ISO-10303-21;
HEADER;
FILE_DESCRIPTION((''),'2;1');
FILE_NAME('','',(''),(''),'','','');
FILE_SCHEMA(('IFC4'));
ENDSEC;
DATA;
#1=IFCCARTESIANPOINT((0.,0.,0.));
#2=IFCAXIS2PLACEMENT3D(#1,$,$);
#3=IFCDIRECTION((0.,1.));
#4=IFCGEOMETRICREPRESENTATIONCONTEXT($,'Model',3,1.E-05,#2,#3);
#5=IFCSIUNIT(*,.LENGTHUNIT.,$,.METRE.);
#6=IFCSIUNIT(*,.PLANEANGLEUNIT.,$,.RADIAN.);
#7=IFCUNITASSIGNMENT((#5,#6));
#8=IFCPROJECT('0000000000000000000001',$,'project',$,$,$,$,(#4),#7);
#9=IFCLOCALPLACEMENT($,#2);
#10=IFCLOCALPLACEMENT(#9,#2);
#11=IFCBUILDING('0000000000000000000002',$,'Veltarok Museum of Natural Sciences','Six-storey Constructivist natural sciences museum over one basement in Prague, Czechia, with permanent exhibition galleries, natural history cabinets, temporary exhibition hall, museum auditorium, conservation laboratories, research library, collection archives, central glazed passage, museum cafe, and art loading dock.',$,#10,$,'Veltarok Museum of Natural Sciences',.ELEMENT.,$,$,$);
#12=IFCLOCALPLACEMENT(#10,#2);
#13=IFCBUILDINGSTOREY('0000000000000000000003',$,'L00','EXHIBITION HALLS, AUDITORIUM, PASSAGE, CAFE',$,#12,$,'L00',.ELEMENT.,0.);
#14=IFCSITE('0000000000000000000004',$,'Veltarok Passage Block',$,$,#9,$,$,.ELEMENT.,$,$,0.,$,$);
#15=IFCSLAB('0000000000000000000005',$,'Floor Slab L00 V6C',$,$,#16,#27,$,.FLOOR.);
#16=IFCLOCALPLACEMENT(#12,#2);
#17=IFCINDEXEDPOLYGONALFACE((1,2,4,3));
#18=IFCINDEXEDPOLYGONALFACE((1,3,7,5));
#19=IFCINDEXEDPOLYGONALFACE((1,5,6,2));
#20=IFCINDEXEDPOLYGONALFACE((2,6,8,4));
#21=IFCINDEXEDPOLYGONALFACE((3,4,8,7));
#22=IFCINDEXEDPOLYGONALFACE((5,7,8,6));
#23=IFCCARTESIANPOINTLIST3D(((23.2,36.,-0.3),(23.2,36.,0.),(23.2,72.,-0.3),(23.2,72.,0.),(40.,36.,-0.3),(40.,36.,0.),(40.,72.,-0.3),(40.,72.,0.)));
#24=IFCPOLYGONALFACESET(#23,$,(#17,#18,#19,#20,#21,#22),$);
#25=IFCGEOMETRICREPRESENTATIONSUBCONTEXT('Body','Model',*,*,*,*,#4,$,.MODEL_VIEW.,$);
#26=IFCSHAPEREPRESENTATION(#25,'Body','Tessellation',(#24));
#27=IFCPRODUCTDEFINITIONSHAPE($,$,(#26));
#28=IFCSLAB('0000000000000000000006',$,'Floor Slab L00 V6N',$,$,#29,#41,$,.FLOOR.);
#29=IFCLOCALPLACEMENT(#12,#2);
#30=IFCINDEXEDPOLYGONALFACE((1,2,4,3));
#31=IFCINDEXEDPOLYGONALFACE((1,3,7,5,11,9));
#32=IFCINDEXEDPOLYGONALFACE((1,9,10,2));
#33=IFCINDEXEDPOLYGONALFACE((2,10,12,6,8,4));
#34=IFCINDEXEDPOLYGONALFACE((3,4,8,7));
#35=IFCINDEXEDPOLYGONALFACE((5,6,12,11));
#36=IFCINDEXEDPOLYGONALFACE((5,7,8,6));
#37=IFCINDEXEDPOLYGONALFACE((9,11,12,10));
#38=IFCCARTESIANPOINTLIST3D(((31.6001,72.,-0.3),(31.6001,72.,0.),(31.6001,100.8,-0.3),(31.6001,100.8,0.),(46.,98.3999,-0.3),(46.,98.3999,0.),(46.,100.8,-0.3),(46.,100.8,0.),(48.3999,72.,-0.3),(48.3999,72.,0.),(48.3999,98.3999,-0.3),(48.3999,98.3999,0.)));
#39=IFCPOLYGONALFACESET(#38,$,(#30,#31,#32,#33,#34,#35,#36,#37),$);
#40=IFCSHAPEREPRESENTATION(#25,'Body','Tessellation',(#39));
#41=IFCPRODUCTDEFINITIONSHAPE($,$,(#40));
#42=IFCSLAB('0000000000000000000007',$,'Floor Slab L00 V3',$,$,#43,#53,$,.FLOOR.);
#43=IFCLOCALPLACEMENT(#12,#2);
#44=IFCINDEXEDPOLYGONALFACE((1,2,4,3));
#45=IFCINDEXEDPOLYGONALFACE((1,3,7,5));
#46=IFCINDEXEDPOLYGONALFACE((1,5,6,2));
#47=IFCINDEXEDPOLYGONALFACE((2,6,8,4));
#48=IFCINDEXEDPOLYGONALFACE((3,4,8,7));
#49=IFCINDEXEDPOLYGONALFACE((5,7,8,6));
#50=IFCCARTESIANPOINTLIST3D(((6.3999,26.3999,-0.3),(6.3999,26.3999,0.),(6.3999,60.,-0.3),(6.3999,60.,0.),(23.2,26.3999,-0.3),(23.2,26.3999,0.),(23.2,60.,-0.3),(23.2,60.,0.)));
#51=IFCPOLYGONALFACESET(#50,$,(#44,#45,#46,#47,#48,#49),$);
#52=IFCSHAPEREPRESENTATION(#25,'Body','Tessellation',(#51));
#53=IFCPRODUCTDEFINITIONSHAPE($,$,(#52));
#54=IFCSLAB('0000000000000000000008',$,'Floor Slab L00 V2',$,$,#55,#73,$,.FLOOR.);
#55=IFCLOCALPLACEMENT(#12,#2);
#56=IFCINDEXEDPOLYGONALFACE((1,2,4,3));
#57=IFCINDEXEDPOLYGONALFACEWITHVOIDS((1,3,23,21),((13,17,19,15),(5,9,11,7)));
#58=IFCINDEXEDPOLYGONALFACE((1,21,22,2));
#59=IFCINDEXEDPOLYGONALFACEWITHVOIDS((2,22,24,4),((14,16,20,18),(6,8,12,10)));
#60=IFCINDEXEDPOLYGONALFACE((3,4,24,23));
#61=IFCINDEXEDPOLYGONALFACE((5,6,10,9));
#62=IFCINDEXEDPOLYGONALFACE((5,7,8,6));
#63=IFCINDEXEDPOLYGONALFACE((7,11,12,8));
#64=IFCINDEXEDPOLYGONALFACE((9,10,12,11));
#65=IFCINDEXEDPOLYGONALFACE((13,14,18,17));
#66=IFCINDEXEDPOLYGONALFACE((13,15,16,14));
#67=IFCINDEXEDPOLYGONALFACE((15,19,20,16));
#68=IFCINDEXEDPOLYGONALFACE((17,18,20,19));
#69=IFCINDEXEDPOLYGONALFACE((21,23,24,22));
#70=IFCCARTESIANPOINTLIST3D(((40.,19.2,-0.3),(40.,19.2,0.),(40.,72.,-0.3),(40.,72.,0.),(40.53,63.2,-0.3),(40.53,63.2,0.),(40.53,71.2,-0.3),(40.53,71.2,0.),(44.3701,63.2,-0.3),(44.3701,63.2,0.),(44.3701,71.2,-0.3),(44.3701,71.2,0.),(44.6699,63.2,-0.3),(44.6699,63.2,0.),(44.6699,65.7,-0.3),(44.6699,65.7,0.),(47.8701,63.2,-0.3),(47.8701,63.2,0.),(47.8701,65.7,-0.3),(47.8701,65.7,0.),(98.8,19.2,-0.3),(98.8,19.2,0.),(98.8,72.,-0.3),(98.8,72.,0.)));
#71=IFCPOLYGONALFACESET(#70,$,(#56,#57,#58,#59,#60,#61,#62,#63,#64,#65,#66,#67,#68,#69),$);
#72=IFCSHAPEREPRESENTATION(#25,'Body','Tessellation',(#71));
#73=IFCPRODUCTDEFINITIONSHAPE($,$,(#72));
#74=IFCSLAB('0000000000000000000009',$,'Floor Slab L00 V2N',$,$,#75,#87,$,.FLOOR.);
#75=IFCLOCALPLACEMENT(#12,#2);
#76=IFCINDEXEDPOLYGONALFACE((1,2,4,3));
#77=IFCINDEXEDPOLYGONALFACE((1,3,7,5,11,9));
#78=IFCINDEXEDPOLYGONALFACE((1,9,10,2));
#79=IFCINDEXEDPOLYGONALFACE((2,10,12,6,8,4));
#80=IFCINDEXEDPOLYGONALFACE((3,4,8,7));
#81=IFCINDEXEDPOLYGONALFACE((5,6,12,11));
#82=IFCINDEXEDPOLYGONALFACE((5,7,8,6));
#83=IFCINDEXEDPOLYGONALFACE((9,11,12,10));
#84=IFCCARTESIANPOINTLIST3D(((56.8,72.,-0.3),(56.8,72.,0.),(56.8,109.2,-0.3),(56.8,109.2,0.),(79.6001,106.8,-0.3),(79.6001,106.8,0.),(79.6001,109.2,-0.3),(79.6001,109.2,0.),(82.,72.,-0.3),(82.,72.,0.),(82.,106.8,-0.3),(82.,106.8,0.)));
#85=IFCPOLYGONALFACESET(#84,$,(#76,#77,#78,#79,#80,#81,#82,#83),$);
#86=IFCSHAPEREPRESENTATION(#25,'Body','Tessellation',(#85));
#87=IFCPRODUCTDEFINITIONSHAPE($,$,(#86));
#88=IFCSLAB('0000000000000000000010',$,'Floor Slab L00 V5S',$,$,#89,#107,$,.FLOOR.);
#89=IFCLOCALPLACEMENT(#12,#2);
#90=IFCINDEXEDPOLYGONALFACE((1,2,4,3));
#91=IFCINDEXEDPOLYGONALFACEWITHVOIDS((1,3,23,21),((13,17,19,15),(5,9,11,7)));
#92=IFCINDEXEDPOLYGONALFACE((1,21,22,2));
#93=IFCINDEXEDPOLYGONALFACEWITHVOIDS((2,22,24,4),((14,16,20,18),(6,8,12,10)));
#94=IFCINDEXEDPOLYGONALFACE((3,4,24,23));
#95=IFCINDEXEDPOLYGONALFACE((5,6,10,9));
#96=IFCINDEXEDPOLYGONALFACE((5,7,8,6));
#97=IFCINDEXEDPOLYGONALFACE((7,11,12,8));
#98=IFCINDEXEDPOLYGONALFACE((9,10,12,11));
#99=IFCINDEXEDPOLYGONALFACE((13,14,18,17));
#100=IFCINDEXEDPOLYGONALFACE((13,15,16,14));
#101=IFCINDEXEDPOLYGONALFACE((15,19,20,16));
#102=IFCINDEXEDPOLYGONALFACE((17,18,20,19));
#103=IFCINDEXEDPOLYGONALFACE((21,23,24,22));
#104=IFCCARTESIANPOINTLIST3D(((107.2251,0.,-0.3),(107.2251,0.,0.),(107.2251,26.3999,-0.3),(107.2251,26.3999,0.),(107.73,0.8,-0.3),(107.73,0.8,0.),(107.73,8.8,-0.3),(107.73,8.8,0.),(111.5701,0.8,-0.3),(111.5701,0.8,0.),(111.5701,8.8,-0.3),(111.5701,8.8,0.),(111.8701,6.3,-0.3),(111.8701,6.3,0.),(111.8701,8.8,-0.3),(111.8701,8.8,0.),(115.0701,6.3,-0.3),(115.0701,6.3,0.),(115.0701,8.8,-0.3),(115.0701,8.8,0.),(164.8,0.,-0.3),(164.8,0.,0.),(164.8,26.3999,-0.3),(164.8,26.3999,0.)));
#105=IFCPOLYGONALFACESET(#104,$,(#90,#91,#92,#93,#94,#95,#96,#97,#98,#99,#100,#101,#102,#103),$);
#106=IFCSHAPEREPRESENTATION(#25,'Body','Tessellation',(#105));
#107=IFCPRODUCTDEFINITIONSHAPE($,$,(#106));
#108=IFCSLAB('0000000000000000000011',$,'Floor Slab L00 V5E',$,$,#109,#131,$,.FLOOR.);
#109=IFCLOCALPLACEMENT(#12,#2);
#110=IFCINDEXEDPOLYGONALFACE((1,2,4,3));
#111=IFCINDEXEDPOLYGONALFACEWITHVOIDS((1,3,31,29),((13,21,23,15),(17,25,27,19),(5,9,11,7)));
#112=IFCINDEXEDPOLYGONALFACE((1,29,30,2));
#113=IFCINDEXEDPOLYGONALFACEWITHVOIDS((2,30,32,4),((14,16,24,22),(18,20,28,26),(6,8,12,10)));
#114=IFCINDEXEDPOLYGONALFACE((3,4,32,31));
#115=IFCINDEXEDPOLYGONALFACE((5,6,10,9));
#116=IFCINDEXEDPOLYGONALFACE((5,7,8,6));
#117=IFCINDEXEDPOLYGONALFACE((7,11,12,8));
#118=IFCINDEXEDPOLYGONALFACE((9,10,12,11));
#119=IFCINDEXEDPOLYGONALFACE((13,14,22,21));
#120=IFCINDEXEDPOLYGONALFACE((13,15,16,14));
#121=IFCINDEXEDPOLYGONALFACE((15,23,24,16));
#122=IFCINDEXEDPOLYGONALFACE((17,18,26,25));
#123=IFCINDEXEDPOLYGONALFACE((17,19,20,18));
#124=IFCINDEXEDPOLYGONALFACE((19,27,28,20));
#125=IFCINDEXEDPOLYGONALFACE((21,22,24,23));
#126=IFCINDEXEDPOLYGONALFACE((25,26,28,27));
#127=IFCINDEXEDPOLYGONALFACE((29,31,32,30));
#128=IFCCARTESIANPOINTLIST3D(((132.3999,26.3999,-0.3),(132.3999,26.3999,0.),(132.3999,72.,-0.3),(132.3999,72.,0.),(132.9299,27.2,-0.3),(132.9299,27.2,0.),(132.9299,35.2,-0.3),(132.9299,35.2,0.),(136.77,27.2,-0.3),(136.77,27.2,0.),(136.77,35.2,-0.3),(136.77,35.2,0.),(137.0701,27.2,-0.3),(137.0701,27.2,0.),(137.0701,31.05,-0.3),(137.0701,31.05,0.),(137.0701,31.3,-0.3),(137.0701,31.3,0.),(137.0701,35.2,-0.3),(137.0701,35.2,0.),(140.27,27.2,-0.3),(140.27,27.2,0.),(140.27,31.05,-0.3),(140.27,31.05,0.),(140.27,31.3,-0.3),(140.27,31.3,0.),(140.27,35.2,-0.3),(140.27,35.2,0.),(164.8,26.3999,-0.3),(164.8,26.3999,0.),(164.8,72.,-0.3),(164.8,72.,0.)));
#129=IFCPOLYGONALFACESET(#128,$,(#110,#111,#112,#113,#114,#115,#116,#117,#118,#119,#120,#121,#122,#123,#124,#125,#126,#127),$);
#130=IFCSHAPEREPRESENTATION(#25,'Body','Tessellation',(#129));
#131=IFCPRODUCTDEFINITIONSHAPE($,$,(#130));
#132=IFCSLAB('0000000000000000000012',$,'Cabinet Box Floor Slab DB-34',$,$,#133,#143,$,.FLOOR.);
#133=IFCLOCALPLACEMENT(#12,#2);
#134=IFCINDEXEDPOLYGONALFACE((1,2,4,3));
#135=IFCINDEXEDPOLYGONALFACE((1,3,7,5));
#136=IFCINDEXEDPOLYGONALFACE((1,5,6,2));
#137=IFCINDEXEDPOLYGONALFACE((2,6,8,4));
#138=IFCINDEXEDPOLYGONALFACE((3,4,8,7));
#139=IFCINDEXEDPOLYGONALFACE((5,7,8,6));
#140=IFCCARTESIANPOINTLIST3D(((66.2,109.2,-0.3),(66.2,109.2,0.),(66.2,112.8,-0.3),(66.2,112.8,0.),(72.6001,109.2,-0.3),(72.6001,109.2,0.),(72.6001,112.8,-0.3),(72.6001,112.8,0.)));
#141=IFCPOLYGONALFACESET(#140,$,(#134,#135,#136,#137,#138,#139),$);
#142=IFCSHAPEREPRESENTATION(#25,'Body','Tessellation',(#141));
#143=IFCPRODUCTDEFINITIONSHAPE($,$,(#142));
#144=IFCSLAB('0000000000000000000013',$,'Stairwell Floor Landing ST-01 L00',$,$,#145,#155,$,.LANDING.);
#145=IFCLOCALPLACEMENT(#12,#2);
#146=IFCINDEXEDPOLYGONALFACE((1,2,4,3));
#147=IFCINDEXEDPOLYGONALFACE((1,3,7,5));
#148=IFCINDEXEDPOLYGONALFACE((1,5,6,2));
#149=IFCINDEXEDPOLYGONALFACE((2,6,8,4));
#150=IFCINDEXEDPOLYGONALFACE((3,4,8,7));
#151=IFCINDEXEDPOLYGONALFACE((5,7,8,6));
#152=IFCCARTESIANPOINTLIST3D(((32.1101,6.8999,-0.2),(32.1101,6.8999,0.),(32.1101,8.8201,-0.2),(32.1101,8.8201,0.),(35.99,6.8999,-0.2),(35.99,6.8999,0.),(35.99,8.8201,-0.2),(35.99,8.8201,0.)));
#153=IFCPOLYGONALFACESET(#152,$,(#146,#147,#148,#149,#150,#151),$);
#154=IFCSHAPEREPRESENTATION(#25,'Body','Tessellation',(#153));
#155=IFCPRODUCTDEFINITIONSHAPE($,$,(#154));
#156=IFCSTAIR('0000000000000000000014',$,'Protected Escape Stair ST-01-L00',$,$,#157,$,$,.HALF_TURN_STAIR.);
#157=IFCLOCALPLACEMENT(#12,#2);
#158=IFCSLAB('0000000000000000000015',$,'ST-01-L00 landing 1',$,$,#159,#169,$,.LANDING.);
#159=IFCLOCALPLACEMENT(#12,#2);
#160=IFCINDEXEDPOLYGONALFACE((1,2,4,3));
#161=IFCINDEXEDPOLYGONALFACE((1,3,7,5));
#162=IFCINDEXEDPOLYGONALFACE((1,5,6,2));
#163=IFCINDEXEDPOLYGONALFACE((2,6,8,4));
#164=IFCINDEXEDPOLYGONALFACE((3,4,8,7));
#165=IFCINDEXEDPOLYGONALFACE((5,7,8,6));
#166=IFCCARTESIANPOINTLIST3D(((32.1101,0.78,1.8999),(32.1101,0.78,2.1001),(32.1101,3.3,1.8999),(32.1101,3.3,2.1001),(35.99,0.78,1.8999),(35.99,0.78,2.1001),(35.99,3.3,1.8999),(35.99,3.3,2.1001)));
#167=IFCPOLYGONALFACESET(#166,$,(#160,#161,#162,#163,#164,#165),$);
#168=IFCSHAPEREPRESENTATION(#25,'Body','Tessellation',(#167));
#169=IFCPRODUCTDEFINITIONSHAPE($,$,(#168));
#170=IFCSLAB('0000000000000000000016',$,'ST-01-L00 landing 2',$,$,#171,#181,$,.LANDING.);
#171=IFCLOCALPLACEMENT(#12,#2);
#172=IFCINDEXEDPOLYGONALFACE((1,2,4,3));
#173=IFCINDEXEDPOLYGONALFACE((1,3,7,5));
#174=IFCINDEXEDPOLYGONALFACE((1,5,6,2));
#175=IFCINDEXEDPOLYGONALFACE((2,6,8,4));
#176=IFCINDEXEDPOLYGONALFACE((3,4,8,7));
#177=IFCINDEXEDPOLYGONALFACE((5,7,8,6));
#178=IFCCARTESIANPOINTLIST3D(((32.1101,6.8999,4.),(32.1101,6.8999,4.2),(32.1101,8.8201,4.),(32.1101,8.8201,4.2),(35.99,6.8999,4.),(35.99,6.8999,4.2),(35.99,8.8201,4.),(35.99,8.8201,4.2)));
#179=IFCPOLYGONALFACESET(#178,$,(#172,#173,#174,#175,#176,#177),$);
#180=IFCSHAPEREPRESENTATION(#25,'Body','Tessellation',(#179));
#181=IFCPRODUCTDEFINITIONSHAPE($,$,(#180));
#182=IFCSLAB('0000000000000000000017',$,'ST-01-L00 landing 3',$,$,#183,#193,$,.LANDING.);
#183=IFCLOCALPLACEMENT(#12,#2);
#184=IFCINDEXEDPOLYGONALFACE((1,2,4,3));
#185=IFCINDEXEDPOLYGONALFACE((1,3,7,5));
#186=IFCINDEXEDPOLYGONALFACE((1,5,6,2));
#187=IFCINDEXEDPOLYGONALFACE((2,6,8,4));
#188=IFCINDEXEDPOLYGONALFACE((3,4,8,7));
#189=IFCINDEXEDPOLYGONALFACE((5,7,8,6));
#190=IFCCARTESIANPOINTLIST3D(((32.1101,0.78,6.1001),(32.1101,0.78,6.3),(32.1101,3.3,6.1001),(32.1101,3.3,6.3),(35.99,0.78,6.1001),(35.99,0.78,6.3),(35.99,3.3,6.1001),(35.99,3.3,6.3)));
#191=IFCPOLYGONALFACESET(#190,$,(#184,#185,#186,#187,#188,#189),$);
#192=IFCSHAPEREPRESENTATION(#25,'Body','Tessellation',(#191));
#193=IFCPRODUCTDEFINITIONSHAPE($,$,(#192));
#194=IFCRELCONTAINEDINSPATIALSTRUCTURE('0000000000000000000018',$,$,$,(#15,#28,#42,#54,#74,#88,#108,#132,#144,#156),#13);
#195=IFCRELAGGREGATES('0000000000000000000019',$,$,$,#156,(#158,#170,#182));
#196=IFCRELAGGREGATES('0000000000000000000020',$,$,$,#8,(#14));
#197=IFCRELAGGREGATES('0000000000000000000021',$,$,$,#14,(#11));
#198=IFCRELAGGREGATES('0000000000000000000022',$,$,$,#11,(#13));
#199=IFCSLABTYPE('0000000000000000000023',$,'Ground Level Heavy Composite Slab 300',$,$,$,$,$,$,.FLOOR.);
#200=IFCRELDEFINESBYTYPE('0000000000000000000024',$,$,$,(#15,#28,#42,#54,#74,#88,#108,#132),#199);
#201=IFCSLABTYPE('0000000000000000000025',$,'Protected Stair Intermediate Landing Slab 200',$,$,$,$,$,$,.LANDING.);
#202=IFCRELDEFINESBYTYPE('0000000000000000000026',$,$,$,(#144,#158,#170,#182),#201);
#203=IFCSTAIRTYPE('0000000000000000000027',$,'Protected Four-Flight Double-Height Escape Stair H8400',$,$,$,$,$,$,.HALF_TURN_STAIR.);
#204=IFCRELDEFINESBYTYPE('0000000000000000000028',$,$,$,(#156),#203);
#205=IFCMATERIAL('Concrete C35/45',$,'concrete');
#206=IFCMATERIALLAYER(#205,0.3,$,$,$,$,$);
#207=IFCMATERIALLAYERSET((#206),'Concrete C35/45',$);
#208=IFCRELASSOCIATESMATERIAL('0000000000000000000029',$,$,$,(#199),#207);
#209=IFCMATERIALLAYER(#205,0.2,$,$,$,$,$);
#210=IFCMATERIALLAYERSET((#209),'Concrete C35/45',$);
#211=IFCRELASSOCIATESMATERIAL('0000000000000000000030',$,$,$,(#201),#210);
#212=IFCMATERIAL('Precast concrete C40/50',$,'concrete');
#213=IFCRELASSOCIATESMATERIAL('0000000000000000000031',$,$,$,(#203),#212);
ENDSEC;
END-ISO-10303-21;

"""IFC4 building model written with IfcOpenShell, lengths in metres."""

from ifc_helpers import new_model, si_unit, direction, frame, origin, place, context, subcontext, project, spatial, polyline, outline, extrude, material, layer, layer_set, type_object, element, aggregate, save


model = new_model("IFC4")

# Units and contexts
model_context = context("Model", 3, precision=1e-05, world=origin(), true_north=direction((0.0, 1.0)))
body_context = subcontext(model_context, "Body", "Model", "MODEL_VIEW")
ifc_project = project(units=[si_unit("LENGTHUNIT", "METRE"), si_unit("PLANEANGLEUNIT", "RADIAN")], contexts=[model_context])

# Site, building, storey
site_placement = place(None, origin())
site = spatial("IfcSite", under=ifc_project, at=site_placement, Name="Veltarok Passage Block", CompositionType="ELEMENT", RefElevation=0.0)
building_placement = place(site_placement, origin())
building = spatial("IfcBuilding", under=site, at=building_placement, Name="Veltarok Museum of Natural Sciences", Description="Six-storey Constructivist natural sciences museum over one basement in Prague, Czechia, with permanent exhibition galleries, natural history cabinets, temporary exhibition hall, museum auditorium, conservation laboratories, research library, collection archives, central glazed passage, museum cafe, and art loading dock.", LongName="Veltarok Museum of Natural Sciences", CompositionType="ELEMENT")
storey_placement = place(building_placement, origin())
storey = spatial("IfcBuildingStorey", under=building, at=storey_placement, Name="L00", Description="EXHIBITION HALLS, AUDITORIUM, PASSAGE, CAFE", LongName="L00", CompositionType="ELEMENT", Elevation=0.0)

# Slabs
ifc_material_1 = material(Name="Precast concrete C40/50", Category="concrete")
ifc_material_2 = material(Name="Concrete C35/45", Category="concrete")
ifc_layer_1 = layer(ifc_material_2, 0.3)
ifc_layer_set_1 = layer_set([ifc_layer_1], Name="Concrete C35/45")
slab_type_1 = type_object("IfcSlabType", Name="Ground Level Heavy Composite Slab 300", PredefinedType="FLOOR", material=ifc_layer_set_1)
slab_1_placement = place(storey_placement, frame((0.0, 0.0, -0.3)))
element("IfcSlab", 1, at=slab_1_placement, inside=storey, type_object=slab_type_1, Name="Floor Slab L00 V6C", PredefinedType="FLOOR", context=body_context, shape_type="SweptSolid", body=[
    extrude(outline(polyline([(23.2, 36.0), (23.2, 72.0), (40.0, 72.0), (40.0, 36.0), (23.2, 36.0)])), origin(), (0.0, 0.0, 1.0), 0.3),
])
slab_2_placement = place(storey_placement, frame((0.0, 0.0, -0.3)))
element("IfcSlab", 2, at=slab_2_placement, inside=storey, type_object=slab_type_1, Name="Floor Slab L00 V6N", PredefinedType="FLOOR", context=body_context, shape_type="SweptSolid", body=[
    extrude(outline(polyline([(31.6001, 72.0), (31.6001, 100.8), (46.0, 100.8), (46.0, 98.3999), (48.3999, 98.3999), (48.3999, 72.0), (31.6001, 72.0)])), origin(), (0.0, 0.0, 1.0), 0.3),
])
slab_3_placement = place(storey_placement, frame((0.0, 0.0, -0.3)))
element("IfcSlab", 3, at=slab_3_placement, inside=storey, type_object=slab_type_1, Name="Floor Slab L00 V3", PredefinedType="FLOOR", context=body_context, shape_type="SweptSolid", body=[
    extrude(outline(polyline([(6.3999, 26.3999), (6.3999, 60.0), (23.2, 60.0), (23.2, 26.3999), (6.3999, 26.3999)])), origin(), (0.0, 0.0, 1.0), 0.3),
])
slab_4_placement = place(storey_placement, frame((0.0, 0.0, -0.3)))
element("IfcSlab", 4, at=slab_4_placement, inside=storey, type_object=slab_type_1, Name="Floor Slab L00 V2", PredefinedType="FLOOR", context=body_context, shape_type="SweptSolid", body=[
    extrude(outline(polyline([(40.0, 19.2), (40.0, 72.0), (98.8, 72.0), (98.8, 19.2), (40.0, 19.2)]), holes=[polyline([(47.8701, 65.7), (44.6699, 65.7), (44.6699, 63.2), (47.8701, 63.2), (47.8701, 65.7)]), polyline([(40.53, 71.2), (40.53, 63.2), (44.3701, 63.2), (44.3701, 71.2), (40.53, 71.2)])]), origin(), (0.0, 0.0, 1.0), 0.3),
])
slab_5_placement = place(storey_placement, frame((0.0, 0.0, -0.3)))
element("IfcSlab", 5, at=slab_5_placement, inside=storey, type_object=slab_type_1, Name="Floor Slab L00 V2N", PredefinedType="FLOOR", context=body_context, shape_type="SweptSolid", body=[
    extrude(outline(polyline([(56.8, 72.0), (56.8, 109.2), (79.6001, 109.2), (79.6001, 106.8), (82.0, 106.8), (82.0, 72.0), (56.8, 72.0)])), origin(), (0.0, 0.0, 1.0), 0.3),
])
slab_6_placement = place(storey_placement, frame((0.0, 0.0, -0.3)))
element("IfcSlab", 6, at=slab_6_placement, inside=storey, type_object=slab_type_1, Name="Floor Slab L00 V5S", PredefinedType="FLOOR", context=body_context, shape_type="SweptSolid", body=[
    extrude(outline(polyline([(107.2251, 0.0), (107.2251, 26.3999), (164.8, 26.3999), (164.8, 0.0), (107.2251, 0.0)]), holes=[polyline([(111.5701, 8.8), (107.73, 8.8), (107.73, 0.8), (111.5701, 0.8), (111.5701, 8.8)]), polyline([(115.0701, 8.8), (111.8701, 8.8), (111.8701, 6.3), (115.0701, 6.3), (115.0701, 8.8)])]), origin(), (0.0, 0.0, 1.0), 0.3),
])
slab_7_placement = place(storey_placement, frame((0.0, 0.0, -0.3)))
element("IfcSlab", 7, at=slab_7_placement, inside=storey, type_object=slab_type_1, Name="Floor Slab L00 V5E", PredefinedType="FLOOR", context=body_context, shape_type="SweptSolid", body=[
    extrude(outline(polyline([(132.3999, 26.3999), (132.3999, 72.0), (164.8, 72.0), (164.8, 26.3999), (132.3999, 26.3999)]), holes=[polyline([(140.27, 31.05), (137.0701, 31.05), (137.0701, 27.2), (140.27, 27.2), (140.27, 31.05)]), polyline([(136.77, 35.2), (132.9299, 35.2), (132.9299, 27.2), (136.77, 27.2), (136.77, 35.2)]), polyline([(140.27, 35.2), (137.0701, 35.2), (137.0701, 31.3), (140.27, 31.3), (140.27, 35.2)])]), origin(), (0.0, 0.0, 1.0), 0.3),
])
slab_8_placement = place(storey_placement, frame((0.0, 0.0, -0.3)))
element("IfcSlab", 8, at=slab_8_placement, inside=storey, type_object=slab_type_1, Name="Cabinet Box Floor Slab DB-34", PredefinedType="FLOOR", context=body_context, shape_type="SweptSolid", body=[
    extrude(outline(polyline([(66.2, 109.2), (72.6001, 109.2), (72.6001, 112.8), (66.2, 112.8), (66.2, 109.2)])), origin(), (0.0, 0.0, 1.0), 0.3),
])
ifc_layer_2 = layer(ifc_material_2, 0.2)
ifc_layer_set_2 = layer_set([ifc_layer_2], Name="Concrete C35/45")
slab_type_2 = type_object("IfcSlabType", Name="Protected Stair Intermediate Landing Slab 200", PredefinedType="LANDING", material=ifc_layer_set_2)
slab_9_placement = place(storey_placement, frame((0.0, 0.0, -0.2)))
element("IfcSlab", 9, at=slab_9_placement, inside=storey, type_object=slab_type_2, Name="Stairwell Floor Landing ST-01 L00", PredefinedType="LANDING", context=body_context, shape_type="SweptSolid", body=[
    extrude(outline(polyline([(32.1101, 6.8999), (35.99, 6.8999), (35.99, 8.8201), (32.1101, 8.8201), (32.1101, 6.8999)])), origin(), (0.0, 0.0, 1.0), 0.2),
])

# Stair, slabs
stair_type = type_object("IfcStairType", Name="Protected Four-Flight Double-Height Escape Stair H8400", PredefinedType="HALF_TURN_STAIR", material=ifc_material_1)
stair_1_placement = place(storey_placement, origin())
stair_1 = element("IfcStair", 10, at=stair_1_placement, inside=storey, type_object=stair_type, Name="Protected Escape Stair ST-01-L00", PredefinedType="HALF_TURN_STAIR")
slab_10_placement = place(storey_placement, frame((0.0, 0.0, 1.8999)))
slab_10 = element("IfcSlab", 11, at=slab_10_placement, type_object=slab_type_2, Name="ST-01-L00 landing 1", PredefinedType="LANDING", context=body_context, shape_type="SweptSolid", body=[
    extrude(outline(polyline([(32.1101, 0.78), (35.99, 0.78), (35.99, 3.3), (32.1101, 3.3), (32.1101, 0.78)])), origin(), (0.0, 0.0, 1.0), 0.2002),
])
slab_11_placement = place(storey_placement, frame((0.0, 0.0, 4.0)))
slab_11 = element("IfcSlab", 12, at=slab_11_placement, type_object=slab_type_2, Name="ST-01-L00 landing 2", PredefinedType="LANDING", context=body_context, shape_type="SweptSolid", body=[
    extrude(outline(polyline([(32.1101, 6.8999), (35.99, 6.8999), (35.99, 8.8201), (32.1101, 8.8201), (32.1101, 6.8999)])), origin(), (0.0, 0.0, 1.0), 0.2),
])
slab_12_placement = place(storey_placement, frame((0.0, 0.0, 6.1001)))
slab_12 = element("IfcSlab", 13, at=slab_12_placement, type_object=slab_type_2, Name="ST-01-L00 landing 3", PredefinedType="LANDING", context=body_context, shape_type="SweptSolid", body=[
    extrude(outline(polyline([(32.1101, 0.78), (35.99, 0.78), (35.99, 3.3), (32.1101, 3.3), (32.1101, 0.78)])), origin(), (0.0, 0.0, 1.0), 0.2),
])
aggregate(stair_1, [slab_10, slab_11, slab_12])

save(model, "model.ifc")
